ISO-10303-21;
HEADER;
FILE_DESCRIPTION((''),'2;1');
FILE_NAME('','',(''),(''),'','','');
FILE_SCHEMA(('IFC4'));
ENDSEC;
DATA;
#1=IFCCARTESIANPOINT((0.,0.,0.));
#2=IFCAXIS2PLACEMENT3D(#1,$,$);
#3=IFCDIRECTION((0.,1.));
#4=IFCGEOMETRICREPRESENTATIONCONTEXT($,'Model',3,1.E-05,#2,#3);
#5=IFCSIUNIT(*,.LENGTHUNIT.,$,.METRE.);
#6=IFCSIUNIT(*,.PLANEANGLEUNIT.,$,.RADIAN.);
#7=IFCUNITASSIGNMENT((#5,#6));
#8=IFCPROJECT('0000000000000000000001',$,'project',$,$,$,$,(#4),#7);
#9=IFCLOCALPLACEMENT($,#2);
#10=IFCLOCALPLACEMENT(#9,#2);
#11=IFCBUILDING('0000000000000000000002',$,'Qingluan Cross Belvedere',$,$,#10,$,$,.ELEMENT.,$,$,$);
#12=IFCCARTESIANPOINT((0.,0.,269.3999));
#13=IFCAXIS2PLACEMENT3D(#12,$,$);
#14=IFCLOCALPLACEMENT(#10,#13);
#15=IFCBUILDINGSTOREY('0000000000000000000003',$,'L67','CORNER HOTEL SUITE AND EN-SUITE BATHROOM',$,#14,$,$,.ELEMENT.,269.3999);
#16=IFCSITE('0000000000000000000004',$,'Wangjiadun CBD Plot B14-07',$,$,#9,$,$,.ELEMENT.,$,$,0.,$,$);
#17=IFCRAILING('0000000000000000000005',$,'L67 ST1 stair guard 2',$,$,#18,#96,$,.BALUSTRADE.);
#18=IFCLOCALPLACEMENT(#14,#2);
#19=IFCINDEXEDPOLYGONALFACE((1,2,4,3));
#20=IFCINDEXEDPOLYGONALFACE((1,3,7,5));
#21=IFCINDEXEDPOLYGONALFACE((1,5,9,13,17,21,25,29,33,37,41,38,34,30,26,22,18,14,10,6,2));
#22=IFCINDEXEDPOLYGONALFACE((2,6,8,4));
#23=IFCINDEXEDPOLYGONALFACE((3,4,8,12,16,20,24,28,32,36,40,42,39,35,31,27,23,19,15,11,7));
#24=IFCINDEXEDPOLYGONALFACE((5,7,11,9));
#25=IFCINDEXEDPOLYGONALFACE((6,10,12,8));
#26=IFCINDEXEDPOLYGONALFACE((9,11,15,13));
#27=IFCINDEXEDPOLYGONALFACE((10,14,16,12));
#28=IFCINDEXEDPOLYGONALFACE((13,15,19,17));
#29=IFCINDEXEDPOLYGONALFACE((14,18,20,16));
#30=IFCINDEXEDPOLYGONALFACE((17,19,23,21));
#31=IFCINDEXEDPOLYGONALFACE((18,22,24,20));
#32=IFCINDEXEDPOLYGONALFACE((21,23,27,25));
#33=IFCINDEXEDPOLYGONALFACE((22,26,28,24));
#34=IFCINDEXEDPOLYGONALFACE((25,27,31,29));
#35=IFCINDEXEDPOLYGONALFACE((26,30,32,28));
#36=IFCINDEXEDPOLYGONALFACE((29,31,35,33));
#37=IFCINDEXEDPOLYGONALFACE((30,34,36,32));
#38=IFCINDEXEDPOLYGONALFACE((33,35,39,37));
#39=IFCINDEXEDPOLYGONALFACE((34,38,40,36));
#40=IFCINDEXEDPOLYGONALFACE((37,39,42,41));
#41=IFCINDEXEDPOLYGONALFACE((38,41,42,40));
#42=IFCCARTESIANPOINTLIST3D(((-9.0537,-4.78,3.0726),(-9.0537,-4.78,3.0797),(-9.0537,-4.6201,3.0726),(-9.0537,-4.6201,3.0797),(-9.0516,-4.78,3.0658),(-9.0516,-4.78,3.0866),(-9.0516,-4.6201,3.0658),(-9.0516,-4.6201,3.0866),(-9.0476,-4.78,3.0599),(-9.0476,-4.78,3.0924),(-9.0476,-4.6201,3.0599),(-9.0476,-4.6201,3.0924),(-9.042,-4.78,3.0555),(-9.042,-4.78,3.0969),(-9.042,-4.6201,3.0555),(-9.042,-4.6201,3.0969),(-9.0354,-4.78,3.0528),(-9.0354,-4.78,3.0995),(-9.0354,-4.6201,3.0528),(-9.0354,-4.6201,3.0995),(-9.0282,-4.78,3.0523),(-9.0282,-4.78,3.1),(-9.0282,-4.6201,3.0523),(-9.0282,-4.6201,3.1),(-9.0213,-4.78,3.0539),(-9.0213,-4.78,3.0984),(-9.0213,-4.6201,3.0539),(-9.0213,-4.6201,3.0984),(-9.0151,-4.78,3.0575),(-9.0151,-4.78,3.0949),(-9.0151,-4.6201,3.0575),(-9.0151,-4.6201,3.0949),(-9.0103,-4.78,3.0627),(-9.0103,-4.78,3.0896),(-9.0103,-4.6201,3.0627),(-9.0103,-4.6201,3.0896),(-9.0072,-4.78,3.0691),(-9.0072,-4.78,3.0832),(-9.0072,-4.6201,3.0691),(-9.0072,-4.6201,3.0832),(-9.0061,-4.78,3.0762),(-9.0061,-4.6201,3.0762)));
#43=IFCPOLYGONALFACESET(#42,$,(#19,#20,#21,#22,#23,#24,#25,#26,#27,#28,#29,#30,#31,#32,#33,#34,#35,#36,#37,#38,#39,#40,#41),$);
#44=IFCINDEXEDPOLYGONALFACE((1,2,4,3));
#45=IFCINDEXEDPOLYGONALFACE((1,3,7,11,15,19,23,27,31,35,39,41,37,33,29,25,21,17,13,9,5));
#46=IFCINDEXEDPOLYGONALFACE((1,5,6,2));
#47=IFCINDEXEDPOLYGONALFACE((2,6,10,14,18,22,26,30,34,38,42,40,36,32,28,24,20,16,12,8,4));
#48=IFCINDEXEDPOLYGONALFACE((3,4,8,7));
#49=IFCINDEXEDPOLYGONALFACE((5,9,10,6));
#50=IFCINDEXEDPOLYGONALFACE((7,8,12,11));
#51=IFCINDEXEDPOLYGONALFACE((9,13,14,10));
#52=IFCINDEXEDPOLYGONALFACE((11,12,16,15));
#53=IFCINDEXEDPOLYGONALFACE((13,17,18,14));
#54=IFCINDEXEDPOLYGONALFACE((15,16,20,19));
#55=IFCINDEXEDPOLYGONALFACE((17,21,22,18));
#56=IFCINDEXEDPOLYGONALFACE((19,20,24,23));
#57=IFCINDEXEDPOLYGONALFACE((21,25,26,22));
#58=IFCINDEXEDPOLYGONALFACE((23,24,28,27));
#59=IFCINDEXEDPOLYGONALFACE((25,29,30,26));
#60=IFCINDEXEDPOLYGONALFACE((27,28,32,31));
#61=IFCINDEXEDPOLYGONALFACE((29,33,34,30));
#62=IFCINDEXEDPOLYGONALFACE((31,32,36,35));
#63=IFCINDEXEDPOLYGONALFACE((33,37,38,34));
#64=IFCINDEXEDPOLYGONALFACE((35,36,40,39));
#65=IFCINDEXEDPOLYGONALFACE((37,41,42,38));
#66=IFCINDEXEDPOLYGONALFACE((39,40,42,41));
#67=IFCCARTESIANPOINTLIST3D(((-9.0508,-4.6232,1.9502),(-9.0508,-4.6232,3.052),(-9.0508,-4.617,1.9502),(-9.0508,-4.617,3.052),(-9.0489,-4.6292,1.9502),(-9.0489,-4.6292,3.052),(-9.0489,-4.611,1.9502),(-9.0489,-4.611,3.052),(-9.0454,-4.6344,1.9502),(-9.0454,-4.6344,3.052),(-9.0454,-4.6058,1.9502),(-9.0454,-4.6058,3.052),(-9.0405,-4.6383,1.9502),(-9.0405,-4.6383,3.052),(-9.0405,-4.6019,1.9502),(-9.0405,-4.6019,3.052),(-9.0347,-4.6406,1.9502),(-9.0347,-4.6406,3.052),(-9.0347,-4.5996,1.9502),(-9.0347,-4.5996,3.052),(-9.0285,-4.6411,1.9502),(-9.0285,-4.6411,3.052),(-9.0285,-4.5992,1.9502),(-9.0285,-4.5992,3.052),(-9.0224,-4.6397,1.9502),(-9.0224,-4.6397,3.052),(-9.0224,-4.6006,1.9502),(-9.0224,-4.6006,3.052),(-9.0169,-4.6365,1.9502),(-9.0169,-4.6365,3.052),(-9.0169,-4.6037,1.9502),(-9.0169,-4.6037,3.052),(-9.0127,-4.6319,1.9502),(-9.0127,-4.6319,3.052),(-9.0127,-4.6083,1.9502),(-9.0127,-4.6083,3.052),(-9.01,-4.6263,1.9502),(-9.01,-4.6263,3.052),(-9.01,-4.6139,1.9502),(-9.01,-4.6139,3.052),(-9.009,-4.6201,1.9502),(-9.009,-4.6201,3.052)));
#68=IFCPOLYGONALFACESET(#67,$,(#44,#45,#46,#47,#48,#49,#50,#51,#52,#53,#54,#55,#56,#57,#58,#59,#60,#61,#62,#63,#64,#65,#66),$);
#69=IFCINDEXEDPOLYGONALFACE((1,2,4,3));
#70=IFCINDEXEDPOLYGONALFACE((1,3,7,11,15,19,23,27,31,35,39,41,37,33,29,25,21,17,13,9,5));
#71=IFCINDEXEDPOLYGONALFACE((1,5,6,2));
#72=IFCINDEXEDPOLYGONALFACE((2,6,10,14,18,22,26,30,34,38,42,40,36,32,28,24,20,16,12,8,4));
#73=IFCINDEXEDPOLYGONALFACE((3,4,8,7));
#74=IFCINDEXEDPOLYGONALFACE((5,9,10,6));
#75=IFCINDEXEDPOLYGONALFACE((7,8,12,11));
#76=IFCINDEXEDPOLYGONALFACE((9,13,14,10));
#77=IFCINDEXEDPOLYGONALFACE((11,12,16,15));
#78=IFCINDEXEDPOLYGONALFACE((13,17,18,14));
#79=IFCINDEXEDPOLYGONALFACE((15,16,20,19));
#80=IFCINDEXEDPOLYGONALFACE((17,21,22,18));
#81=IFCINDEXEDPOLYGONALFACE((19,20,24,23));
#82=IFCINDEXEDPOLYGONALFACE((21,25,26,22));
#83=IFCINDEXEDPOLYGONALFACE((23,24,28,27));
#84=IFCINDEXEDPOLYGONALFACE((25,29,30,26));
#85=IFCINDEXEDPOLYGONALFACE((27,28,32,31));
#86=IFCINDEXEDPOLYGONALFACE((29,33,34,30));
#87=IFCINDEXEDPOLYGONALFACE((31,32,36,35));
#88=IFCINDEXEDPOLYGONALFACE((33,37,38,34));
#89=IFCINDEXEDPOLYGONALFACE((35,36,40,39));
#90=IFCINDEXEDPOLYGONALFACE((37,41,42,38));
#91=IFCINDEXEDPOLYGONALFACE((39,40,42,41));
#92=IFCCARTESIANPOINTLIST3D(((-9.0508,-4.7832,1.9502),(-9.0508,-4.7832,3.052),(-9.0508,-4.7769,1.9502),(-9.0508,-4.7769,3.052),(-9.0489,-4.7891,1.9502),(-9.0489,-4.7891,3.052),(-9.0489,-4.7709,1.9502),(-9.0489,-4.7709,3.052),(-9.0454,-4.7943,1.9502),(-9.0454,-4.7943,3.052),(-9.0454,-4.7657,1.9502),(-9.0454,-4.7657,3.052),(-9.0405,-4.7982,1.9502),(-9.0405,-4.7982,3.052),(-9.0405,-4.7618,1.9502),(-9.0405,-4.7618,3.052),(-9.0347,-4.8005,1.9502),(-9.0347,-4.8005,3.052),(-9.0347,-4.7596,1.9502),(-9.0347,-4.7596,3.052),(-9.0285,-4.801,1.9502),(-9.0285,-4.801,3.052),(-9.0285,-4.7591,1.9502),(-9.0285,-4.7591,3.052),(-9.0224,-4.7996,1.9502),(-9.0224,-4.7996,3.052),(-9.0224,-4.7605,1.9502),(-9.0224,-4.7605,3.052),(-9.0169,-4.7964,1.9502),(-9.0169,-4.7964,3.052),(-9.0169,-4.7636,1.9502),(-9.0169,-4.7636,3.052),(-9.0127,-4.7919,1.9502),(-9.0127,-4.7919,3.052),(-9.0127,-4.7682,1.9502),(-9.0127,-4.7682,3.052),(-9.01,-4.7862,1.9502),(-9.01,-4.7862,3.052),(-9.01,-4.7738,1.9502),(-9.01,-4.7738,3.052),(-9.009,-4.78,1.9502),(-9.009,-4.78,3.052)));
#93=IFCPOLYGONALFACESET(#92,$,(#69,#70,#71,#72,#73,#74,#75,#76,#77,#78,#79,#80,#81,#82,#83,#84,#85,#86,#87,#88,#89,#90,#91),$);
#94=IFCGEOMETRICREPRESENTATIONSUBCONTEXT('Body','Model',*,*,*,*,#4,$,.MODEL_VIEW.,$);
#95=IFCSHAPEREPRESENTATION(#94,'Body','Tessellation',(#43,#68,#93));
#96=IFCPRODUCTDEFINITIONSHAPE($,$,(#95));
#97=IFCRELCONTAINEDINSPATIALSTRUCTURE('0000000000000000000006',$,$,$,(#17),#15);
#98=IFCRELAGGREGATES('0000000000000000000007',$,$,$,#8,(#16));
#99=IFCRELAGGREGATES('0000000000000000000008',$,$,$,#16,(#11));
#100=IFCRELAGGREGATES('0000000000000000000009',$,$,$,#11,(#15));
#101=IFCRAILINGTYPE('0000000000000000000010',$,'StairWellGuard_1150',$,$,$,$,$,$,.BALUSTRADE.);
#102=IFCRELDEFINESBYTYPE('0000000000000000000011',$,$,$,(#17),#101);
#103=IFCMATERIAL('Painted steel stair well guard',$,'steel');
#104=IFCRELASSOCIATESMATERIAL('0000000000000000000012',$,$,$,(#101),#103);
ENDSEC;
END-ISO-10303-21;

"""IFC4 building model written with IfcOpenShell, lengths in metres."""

from ifc_helpers import new_model, si_unit, direction, frame, origin, origin_2d, place, context, subcontext, project, spatial, circle, extrude, material, type_object, element, save


model = new_model("IFC4")

# Units and contexts
model_context = context("Model", 3, precision=1e-05, world=origin(), true_north=direction((0.0, 1.0)))
body_context = subcontext(model_context, "Body", "Model", "MODEL_VIEW")
ifc_project = project(units=[si_unit("LENGTHUNIT", "METRE"), si_unit("PLANEANGLEUNIT", "RADIAN")], contexts=[model_context])

# Site, building, storey
site_placement = place(None, origin())
site = spatial("IfcSite", under=ifc_project, at=site_placement, Name="Wangjiadun CBD Plot B14-07", CompositionType="ELEMENT", RefElevation=0.0)
building_placement = place(site_placement, origin())
building = spatial("IfcBuilding", under=site, at=building_placement, Name="Qingluan Cross Belvedere", CompositionType="ELEMENT")
storey_placement = place(building_placement, frame((0.0, 0.0, 269.3999)))
storey = spatial("IfcBuildingStorey", under=building, at=storey_placement, Name="L67", Description="CORNER HOTEL SUITE AND EN-SUITE BATHROOM", CompositionType="ELEMENT", Elevation=269.3999)

# Railing
ifc_material_1 = material(Name="Painted steel stair well guard", Category="steel")
railing_type_1 = type_object("IfcRailingType", Name="StairWellGuard_1150", PredefinedType="BALUSTRADE", material=ifc_material_1)
railing_1_placement = place(storey_placement, frame((-9.03, -4.6201, 1.9502)))
element("IfcRailing", 1, at=railing_1_placement, inside=storey, type_object=railing_type_1, Name="L67 ST1 stair guard 2", PredefinedType="BALUSTRADE", context=body_context, shape_type="SweptSolid", body=[
    extrude(circle(Radius=0.0239, at=origin_2d()), frame((0.0, 0.0, 1.126), z_axis=(0.0, -1.0, 0.0), x_axis=(1.0, 0.0, 0.0)), (0.0, 0.0, 1.0), 0.1599),
    extrude(circle(Radius=0.021, at=origin_2d()), origin(), (0.0, 0.0, 1.0), 1.1018),
    extrude(circle(Radius=0.021, at=origin_2d()), frame((0.0, -0.1599, 0.0)), (0.0, 0.0, 1.0), 1.1018),
])

save(model, "model.ifc")
